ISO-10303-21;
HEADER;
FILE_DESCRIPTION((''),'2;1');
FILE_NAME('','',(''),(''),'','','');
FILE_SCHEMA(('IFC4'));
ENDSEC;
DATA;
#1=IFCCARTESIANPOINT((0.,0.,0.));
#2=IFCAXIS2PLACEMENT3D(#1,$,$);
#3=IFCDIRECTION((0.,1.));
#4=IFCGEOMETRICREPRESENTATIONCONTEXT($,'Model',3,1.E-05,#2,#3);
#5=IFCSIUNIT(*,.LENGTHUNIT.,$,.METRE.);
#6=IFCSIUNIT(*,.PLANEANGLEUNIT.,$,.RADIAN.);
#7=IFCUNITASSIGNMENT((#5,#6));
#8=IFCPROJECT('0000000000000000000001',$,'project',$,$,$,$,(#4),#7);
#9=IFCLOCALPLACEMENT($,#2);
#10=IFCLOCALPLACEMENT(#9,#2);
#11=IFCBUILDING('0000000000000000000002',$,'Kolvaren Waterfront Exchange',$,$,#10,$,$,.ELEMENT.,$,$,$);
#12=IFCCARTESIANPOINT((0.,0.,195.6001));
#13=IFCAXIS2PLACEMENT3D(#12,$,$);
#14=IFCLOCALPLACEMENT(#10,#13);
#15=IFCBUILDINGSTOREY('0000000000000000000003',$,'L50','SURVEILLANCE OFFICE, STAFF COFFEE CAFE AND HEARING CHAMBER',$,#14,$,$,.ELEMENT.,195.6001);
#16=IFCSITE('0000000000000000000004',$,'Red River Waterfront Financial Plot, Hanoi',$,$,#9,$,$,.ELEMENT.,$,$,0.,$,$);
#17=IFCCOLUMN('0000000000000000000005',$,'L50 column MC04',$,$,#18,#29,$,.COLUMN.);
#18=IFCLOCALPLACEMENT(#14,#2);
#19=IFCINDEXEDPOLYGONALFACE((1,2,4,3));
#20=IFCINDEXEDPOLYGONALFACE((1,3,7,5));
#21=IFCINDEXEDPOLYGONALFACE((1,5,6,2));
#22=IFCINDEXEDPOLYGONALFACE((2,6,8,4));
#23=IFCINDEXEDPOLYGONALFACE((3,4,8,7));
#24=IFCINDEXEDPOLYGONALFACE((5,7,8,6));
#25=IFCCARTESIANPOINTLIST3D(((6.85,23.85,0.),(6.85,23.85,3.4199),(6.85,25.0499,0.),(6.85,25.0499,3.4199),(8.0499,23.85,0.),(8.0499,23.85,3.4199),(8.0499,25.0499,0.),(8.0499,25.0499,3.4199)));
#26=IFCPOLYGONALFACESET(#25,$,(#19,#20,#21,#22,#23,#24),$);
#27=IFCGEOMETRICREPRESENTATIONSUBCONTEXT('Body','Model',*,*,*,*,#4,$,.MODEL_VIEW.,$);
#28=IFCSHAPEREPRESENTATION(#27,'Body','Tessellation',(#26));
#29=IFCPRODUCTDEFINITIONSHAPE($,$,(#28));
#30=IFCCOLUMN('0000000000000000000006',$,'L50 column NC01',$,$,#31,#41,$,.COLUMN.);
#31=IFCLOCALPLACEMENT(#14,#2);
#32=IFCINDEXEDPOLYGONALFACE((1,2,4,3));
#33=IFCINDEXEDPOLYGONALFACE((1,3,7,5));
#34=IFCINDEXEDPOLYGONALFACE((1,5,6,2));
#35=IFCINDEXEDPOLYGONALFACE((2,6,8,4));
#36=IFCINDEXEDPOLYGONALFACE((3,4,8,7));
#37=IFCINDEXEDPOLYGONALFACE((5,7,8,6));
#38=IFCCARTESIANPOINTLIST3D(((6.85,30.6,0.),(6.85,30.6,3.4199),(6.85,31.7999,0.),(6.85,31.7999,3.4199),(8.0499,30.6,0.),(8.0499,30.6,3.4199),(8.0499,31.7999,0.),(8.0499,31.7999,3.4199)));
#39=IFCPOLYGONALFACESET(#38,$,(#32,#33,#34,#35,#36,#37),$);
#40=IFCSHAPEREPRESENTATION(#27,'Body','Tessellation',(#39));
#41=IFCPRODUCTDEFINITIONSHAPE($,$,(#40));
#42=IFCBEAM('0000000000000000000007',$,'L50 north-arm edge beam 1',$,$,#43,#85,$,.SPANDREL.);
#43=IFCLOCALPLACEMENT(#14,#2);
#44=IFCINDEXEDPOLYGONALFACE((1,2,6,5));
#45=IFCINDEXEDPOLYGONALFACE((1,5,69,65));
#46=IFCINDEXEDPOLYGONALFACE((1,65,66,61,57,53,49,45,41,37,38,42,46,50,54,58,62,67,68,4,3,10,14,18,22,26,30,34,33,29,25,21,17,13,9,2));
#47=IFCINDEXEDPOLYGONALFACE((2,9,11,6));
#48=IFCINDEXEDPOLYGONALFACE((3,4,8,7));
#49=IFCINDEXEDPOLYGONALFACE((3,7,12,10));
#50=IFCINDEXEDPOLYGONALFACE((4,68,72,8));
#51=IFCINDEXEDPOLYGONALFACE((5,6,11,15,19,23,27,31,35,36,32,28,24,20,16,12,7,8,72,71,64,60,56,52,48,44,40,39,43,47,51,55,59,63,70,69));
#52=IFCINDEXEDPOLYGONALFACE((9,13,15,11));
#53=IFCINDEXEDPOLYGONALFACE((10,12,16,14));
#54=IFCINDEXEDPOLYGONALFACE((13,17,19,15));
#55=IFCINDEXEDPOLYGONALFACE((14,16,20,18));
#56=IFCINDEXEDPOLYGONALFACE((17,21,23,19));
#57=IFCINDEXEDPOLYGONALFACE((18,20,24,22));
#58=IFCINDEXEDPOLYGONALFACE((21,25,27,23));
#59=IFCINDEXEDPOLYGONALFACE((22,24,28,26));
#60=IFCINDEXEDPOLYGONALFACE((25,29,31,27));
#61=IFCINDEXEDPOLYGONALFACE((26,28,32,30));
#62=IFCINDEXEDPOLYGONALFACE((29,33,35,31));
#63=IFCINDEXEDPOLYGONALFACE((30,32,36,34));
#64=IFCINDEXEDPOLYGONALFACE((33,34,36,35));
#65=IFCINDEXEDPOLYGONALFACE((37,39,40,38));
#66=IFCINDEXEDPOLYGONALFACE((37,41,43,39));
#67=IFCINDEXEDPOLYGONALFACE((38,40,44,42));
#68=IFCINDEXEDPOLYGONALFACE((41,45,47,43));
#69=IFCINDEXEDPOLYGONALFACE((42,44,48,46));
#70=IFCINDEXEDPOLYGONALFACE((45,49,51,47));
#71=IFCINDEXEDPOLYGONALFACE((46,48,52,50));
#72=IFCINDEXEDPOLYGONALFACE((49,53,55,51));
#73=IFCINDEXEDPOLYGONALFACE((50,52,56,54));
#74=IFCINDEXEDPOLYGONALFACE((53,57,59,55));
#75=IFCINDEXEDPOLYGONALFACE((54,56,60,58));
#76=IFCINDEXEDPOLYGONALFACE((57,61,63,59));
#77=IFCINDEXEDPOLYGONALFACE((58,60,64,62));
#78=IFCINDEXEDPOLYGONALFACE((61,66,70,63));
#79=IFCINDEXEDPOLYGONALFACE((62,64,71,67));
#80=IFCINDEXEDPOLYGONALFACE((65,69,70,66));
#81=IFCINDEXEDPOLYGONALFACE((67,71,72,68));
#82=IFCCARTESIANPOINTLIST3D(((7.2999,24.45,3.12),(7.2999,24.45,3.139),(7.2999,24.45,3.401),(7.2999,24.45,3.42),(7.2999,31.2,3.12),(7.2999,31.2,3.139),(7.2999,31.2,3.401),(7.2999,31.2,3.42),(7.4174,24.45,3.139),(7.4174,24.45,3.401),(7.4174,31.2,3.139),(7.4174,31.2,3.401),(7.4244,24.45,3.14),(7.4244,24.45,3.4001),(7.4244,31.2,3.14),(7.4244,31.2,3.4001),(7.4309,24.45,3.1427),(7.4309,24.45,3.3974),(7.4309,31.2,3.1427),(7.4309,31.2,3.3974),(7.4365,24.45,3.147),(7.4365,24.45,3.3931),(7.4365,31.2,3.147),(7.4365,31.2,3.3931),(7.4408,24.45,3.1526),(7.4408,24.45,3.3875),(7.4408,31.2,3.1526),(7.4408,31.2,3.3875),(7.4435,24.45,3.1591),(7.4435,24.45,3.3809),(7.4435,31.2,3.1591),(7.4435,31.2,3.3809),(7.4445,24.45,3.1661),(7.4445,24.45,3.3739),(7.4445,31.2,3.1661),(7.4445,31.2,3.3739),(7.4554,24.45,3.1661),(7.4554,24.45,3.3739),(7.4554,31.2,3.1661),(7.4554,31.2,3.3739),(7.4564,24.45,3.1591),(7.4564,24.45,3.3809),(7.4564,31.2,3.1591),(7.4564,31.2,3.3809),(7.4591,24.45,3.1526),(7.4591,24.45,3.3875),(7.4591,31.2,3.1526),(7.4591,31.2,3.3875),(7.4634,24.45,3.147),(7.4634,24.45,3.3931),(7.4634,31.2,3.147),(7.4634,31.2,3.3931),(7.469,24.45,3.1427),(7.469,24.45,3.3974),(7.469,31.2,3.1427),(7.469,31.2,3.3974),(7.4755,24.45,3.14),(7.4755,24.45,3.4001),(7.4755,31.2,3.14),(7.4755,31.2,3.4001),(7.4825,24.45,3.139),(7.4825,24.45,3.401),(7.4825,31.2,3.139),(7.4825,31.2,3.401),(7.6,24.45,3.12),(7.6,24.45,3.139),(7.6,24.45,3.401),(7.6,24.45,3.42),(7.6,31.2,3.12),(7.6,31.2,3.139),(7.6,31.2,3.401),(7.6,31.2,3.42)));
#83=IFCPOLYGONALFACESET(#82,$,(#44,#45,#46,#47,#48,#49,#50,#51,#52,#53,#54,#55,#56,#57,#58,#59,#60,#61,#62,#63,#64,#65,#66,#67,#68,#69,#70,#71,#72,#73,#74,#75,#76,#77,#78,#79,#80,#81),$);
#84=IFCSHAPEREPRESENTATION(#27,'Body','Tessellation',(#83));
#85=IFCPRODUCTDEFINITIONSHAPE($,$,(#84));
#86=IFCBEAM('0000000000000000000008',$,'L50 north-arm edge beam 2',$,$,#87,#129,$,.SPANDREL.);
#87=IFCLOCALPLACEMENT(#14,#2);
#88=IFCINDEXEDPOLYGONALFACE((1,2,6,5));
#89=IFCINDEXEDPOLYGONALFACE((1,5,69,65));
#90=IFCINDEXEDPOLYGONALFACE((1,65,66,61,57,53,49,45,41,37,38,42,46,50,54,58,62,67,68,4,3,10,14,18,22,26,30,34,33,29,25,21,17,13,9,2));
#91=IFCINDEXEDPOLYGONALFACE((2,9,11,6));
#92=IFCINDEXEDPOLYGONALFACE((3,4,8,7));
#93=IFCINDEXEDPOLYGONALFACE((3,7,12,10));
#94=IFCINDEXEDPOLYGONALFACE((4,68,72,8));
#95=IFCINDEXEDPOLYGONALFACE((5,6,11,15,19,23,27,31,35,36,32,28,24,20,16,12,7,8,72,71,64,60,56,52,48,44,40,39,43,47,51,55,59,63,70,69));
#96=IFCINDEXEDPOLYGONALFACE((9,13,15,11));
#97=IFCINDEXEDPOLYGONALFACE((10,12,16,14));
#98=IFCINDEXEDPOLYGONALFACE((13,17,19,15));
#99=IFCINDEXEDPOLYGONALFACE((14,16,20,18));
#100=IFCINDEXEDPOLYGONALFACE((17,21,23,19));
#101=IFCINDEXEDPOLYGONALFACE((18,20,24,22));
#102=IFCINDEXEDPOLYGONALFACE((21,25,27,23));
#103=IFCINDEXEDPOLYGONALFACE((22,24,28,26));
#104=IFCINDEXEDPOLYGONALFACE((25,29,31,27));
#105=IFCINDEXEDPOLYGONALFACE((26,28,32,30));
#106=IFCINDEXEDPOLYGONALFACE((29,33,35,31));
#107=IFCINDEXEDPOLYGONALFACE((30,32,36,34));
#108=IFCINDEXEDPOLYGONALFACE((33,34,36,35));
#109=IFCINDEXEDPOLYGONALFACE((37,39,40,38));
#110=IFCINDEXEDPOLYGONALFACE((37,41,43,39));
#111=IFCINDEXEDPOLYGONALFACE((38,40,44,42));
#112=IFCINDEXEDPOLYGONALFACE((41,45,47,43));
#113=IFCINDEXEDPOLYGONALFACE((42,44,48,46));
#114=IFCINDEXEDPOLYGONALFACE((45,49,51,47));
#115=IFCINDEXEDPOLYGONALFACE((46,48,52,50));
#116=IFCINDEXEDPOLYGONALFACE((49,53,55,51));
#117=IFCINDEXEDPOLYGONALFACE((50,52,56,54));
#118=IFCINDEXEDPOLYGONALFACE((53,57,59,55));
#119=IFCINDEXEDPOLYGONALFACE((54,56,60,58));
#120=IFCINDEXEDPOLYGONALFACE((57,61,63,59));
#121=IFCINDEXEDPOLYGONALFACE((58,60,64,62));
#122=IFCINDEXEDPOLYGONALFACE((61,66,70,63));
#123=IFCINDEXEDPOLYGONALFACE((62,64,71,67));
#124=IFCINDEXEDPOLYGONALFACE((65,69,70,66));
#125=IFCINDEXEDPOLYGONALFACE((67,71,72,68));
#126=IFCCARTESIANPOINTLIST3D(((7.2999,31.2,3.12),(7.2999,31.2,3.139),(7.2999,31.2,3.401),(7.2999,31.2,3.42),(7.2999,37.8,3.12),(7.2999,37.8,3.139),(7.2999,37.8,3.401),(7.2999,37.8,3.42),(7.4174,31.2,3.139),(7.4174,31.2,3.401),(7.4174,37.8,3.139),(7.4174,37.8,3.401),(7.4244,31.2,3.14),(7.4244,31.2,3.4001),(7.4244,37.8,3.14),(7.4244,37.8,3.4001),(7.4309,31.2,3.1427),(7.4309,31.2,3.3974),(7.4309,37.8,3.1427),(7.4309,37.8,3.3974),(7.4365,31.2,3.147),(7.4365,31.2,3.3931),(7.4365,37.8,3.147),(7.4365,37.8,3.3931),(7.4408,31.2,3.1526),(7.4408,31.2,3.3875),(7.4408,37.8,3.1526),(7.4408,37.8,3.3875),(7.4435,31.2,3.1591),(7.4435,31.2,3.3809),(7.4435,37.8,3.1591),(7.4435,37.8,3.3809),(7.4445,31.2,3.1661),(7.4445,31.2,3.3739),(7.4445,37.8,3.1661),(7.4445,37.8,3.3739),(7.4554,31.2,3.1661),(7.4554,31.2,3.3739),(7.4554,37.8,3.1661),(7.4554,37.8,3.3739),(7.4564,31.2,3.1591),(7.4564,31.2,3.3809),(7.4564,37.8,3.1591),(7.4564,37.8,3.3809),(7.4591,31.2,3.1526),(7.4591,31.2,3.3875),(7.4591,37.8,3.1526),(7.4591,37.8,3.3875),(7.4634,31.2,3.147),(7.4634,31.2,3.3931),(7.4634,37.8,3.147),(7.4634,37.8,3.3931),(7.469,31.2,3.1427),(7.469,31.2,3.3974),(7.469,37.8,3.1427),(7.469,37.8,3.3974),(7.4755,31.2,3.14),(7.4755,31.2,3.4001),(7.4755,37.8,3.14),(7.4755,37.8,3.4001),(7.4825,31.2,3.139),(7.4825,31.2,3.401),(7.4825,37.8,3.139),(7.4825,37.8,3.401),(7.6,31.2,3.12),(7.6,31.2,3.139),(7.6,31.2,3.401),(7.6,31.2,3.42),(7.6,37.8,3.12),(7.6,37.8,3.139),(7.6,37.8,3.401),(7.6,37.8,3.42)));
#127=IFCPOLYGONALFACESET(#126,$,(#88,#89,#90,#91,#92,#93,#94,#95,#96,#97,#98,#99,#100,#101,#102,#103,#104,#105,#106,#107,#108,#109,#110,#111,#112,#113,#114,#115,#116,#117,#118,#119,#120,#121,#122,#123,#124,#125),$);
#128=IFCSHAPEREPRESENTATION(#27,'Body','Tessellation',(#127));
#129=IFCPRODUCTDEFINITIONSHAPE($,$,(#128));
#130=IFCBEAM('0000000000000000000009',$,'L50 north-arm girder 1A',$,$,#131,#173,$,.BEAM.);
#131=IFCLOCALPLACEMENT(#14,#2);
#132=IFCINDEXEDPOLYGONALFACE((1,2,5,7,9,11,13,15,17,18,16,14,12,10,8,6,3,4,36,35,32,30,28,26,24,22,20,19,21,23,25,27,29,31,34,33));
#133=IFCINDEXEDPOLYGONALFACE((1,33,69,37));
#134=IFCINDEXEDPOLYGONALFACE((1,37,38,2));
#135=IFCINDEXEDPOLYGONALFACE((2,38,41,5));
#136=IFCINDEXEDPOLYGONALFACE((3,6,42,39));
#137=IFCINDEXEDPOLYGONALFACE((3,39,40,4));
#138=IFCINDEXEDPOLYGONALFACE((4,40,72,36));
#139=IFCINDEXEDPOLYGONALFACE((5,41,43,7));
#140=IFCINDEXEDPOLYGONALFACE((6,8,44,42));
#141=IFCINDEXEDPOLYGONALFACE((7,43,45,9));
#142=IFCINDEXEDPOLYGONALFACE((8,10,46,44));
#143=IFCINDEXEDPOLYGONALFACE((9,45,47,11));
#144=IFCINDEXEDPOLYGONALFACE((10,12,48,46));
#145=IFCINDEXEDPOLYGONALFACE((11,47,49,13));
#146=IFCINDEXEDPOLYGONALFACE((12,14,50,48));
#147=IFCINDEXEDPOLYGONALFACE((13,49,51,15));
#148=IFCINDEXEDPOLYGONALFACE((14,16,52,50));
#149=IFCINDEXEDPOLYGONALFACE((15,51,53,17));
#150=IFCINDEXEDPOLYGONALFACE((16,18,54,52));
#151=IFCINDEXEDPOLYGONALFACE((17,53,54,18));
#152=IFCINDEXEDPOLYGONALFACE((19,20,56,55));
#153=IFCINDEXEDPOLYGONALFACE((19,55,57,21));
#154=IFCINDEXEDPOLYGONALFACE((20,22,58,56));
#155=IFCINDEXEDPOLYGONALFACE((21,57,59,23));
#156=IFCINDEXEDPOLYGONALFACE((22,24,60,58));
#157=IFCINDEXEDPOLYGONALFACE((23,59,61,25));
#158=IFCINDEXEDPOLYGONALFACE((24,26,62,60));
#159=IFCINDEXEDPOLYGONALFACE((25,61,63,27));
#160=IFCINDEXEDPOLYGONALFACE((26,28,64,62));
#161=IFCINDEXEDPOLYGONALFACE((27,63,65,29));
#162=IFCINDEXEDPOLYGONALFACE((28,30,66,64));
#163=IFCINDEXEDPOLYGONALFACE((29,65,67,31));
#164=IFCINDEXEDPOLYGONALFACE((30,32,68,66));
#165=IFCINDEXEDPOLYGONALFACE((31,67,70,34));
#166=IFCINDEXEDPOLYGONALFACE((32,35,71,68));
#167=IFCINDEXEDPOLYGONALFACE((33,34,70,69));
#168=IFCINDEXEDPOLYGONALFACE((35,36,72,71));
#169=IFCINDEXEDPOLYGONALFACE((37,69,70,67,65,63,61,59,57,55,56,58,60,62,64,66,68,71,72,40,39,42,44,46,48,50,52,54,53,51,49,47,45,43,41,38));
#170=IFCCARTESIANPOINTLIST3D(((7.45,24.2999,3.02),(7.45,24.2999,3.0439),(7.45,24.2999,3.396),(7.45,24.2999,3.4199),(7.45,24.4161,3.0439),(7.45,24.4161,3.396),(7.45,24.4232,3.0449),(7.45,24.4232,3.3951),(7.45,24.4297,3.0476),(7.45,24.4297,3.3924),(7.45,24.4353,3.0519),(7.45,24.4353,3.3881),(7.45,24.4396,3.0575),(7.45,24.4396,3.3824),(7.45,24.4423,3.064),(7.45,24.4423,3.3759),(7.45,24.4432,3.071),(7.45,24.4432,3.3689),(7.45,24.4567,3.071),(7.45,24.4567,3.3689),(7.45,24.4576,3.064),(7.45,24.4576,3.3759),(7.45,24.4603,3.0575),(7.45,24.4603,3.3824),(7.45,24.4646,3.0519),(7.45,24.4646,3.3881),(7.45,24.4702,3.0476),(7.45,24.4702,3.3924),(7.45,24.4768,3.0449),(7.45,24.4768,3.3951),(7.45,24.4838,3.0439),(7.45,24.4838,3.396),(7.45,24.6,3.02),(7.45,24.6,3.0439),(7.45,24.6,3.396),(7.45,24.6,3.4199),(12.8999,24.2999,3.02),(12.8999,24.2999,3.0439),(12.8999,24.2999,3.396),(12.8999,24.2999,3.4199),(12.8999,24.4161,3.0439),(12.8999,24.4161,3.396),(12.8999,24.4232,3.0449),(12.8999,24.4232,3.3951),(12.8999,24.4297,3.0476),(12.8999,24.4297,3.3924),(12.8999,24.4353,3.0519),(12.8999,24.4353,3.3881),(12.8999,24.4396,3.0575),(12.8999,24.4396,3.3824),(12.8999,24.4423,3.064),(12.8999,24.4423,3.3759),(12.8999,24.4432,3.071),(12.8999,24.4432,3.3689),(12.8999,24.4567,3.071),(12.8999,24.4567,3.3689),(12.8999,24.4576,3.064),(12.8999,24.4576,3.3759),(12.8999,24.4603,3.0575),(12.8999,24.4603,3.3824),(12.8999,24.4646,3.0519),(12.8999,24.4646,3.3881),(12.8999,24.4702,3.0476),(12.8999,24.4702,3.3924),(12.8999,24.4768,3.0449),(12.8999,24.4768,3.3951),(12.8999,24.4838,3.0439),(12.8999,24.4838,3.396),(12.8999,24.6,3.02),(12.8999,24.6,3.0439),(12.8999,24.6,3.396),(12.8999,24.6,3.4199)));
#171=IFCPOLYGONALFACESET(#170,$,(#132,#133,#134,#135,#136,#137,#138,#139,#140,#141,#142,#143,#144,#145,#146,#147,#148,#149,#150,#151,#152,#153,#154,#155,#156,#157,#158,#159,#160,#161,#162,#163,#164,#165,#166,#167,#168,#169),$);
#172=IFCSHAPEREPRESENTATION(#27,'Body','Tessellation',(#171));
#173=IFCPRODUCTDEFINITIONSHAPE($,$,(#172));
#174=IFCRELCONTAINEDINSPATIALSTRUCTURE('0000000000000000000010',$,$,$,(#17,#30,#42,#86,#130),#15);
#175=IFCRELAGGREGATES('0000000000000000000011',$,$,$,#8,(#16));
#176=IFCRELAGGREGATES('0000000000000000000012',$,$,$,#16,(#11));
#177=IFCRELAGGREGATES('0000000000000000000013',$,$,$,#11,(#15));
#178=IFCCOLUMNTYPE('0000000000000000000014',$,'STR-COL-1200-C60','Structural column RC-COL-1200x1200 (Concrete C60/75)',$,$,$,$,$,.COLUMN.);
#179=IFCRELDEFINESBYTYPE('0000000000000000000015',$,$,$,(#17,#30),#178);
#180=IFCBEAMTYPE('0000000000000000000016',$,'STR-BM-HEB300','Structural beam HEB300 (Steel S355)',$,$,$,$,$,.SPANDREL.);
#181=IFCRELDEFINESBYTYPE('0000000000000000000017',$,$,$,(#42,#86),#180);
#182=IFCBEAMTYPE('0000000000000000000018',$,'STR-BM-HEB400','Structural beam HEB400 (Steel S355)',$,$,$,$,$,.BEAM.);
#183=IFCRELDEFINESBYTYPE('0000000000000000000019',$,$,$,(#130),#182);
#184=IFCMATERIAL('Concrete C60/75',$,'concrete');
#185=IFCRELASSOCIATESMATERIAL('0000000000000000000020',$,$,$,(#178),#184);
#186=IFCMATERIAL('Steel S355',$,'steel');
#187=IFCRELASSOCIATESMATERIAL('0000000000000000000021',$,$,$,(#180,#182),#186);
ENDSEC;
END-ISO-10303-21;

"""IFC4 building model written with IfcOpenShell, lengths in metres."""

from ifc_helpers import new_model, si_unit, direction, frame, origin, origin_2d, place, context, subcontext, project, spatial, rectangle, i_section, extrude, material, material_profile, profile_set, type_object, element, save


model = new_model("IFC4")

# Units and contexts
model_context = context("Model", 3, precision=1e-05, world=origin(), true_north=direction((0.0, 1.0)))
body_context = subcontext(model_context, "Body", "Model", "MODEL_VIEW")
ifc_project = project(units=[si_unit("LENGTHUNIT", "METRE"), si_unit("PLANEANGLEUNIT", "RADIAN")], contexts=[model_context])

# Site, building, storey
site_placement = place(None, origin())
site = spatial("IfcSite", under=ifc_project, at=site_placement, Name="Red River Waterfront Financial Plot, Hanoi", CompositionType="ELEMENT", RefElevation=0.0)
building_placement = place(site_placement, origin())
building = spatial("IfcBuilding", under=site, at=building_placement, Name="Kolvaren Waterfront Exchange", CompositionType="ELEMENT")
storey_placement = place(building_placement, frame((0.0, 0.0, 195.6001)))
storey = spatial("IfcBuildingStorey", under=building, at=storey_placement, Name="L50", Description="SURVEILLANCE OFFICE, STAFF COFFEE CAFE AND HEARING CHAMBER", CompositionType="ELEMENT", Elevation=195.6001)

# Columns
ifc_material_1 = material(Name="Concrete C60/75", Category="concrete")
ifc_material_profile_1 = material_profile(ifc_material_1, rectangle(XDim=1.2, YDim=1.2, at=origin_2d()), Name="RC-COL-1200x1200")
ifc_profile_set_1 = profile_set([ifc_material_profile_1], Name="Concrete C60/75")
column_type = type_object("IfcColumnType", Name="STR-COL-1200-C60", Description="Structural column RC-COL-1200x1200 (Concrete C60/75)", PredefinedType="COLUMN", material=ifc_profile_set_1)
for number, where, z_axis, x_axis, name in (
    (1, (7.45, 24.45, 0.0), (0.0, 0.0, 1.0), (1.0, 0.0, 0.0), "L50 column MC04"),
    (2, (7.45, 31.2, 0.0), (0.0, 0.0, 1.0), (1.0, 0.0, 0.0), "L50 column NC01"),
):
    element("IfcColumn", number, at=place(storey_placement, frame(where, z_axis=z_axis, x_axis=x_axis)), inside=storey, type_object=column_type, Name=name, PredefinedType="COLUMN", context=body_context, shape_type="SweptSolid", body=[
        extrude(rectangle(XDim=1.2, YDim=1.2, at=origin_2d()), origin(), (0.0, 0.0, 1.0), 3.4199),
    ])

# Beams
ifc_material_2 = material(Name="Steel S355", Category="steel")
ifc_material_profile_2 = material_profile(ifc_material_2, i_section(OverallWidth=0.3, OverallDepth=0.3, WebThickness=0.011, FlangeThickness=0.019, FilletRadius=0.0271, at=origin_2d()), Name="HEB300")
ifc_profile_set_2 = profile_set([ifc_material_profile_2], Name="Steel S355")
beam_type_1 = type_object("IfcBeamType", Name="STR-BM-HEB300", Description="Structural beam HEB300 (Steel S355)", PredefinedType="SPANDREL", material=ifc_profile_set_2)
beam_1_placement = place(storey_placement, frame((7.45, 24.45, 3.27), z_axis=(0.0, 1.0, 0.0), x_axis=(-1.0, 0.0, 0.0)))
element("IfcBeam", 3, at=beam_1_placement, inside=storey, type_object=beam_type_1, Name="L50 north-arm edge beam 1", PredefinedType="SPANDREL", context=body_context, shape_type="SweptSolid", body=[
    extrude(i_section(OverallWidth=0.3, OverallDepth=0.3, WebThickness=0.011, FlangeThickness=0.019, FilletRadius=0.0271, at=origin_2d()), origin(), (0.0, 0.0, 1.0), 6.75),
])
beam_2_placement = place(storey_placement, frame((7.45, 31.2, 3.27), z_axis=(0.0, 1.0, 0.0), x_axis=(-1.0, 0.0, 0.0)))
element("IfcBeam", 4, at=beam_2_placement, inside=storey, type_object=beam_type_1, Name="L50 north-arm edge beam 2", PredefinedType="SPANDREL", context=body_context, shape_type="SweptSolid", body=[
    extrude(i_section(OverallWidth=0.3, OverallDepth=0.3, WebThickness=0.011, FlangeThickness=0.019, FilletRadius=0.0271, at=origin_2d()), origin(), (0.0, 0.0, 1.0), 6.6001),
])
ifc_material_profile_3 = material_profile(ifc_material_2, i_section(OverallWidth=0.3, OverallDepth=0.3999, WebThickness=0.0134, FlangeThickness=0.0239, FilletRadius=0.0271, at=origin_2d()), Name="HEB400")
ifc_profile_set_3 = profile_set([ifc_material_profile_3], Name="Steel S355")
beam_type_2 = type_object("IfcBeamType", Name="STR-BM-HEB400", Description="Structural beam HEB400 (Steel S355)", PredefinedType="BEAM", material=ifc_profile_set_3)
for number, where, z_axis, x_axis, name in (
    (5, (7.45, 24.45, 3.22), (1.0, 0.0, 0.0), (0.0, 1.0, 0.0), "L50 north-arm girder 1A"),
):
    element("IfcBeam", number, at=place(storey_placement, frame(where, z_axis=z_axis, x_axis=x_axis)), inside=storey, type_object=beam_type_2, Name=name, PredefinedType="BEAM", context=body_context, shape_type="SweptSolid", body=[
        extrude(i_section(OverallWidth=0.3, OverallDepth=0.3999, WebThickness=0.0134, FlangeThickness=0.0239, FilletRadius=0.0271, at=origin_2d()), origin(), (0.0, 0.0, 1.0), 5.45),
    ])

save(model, "model.ifc")
